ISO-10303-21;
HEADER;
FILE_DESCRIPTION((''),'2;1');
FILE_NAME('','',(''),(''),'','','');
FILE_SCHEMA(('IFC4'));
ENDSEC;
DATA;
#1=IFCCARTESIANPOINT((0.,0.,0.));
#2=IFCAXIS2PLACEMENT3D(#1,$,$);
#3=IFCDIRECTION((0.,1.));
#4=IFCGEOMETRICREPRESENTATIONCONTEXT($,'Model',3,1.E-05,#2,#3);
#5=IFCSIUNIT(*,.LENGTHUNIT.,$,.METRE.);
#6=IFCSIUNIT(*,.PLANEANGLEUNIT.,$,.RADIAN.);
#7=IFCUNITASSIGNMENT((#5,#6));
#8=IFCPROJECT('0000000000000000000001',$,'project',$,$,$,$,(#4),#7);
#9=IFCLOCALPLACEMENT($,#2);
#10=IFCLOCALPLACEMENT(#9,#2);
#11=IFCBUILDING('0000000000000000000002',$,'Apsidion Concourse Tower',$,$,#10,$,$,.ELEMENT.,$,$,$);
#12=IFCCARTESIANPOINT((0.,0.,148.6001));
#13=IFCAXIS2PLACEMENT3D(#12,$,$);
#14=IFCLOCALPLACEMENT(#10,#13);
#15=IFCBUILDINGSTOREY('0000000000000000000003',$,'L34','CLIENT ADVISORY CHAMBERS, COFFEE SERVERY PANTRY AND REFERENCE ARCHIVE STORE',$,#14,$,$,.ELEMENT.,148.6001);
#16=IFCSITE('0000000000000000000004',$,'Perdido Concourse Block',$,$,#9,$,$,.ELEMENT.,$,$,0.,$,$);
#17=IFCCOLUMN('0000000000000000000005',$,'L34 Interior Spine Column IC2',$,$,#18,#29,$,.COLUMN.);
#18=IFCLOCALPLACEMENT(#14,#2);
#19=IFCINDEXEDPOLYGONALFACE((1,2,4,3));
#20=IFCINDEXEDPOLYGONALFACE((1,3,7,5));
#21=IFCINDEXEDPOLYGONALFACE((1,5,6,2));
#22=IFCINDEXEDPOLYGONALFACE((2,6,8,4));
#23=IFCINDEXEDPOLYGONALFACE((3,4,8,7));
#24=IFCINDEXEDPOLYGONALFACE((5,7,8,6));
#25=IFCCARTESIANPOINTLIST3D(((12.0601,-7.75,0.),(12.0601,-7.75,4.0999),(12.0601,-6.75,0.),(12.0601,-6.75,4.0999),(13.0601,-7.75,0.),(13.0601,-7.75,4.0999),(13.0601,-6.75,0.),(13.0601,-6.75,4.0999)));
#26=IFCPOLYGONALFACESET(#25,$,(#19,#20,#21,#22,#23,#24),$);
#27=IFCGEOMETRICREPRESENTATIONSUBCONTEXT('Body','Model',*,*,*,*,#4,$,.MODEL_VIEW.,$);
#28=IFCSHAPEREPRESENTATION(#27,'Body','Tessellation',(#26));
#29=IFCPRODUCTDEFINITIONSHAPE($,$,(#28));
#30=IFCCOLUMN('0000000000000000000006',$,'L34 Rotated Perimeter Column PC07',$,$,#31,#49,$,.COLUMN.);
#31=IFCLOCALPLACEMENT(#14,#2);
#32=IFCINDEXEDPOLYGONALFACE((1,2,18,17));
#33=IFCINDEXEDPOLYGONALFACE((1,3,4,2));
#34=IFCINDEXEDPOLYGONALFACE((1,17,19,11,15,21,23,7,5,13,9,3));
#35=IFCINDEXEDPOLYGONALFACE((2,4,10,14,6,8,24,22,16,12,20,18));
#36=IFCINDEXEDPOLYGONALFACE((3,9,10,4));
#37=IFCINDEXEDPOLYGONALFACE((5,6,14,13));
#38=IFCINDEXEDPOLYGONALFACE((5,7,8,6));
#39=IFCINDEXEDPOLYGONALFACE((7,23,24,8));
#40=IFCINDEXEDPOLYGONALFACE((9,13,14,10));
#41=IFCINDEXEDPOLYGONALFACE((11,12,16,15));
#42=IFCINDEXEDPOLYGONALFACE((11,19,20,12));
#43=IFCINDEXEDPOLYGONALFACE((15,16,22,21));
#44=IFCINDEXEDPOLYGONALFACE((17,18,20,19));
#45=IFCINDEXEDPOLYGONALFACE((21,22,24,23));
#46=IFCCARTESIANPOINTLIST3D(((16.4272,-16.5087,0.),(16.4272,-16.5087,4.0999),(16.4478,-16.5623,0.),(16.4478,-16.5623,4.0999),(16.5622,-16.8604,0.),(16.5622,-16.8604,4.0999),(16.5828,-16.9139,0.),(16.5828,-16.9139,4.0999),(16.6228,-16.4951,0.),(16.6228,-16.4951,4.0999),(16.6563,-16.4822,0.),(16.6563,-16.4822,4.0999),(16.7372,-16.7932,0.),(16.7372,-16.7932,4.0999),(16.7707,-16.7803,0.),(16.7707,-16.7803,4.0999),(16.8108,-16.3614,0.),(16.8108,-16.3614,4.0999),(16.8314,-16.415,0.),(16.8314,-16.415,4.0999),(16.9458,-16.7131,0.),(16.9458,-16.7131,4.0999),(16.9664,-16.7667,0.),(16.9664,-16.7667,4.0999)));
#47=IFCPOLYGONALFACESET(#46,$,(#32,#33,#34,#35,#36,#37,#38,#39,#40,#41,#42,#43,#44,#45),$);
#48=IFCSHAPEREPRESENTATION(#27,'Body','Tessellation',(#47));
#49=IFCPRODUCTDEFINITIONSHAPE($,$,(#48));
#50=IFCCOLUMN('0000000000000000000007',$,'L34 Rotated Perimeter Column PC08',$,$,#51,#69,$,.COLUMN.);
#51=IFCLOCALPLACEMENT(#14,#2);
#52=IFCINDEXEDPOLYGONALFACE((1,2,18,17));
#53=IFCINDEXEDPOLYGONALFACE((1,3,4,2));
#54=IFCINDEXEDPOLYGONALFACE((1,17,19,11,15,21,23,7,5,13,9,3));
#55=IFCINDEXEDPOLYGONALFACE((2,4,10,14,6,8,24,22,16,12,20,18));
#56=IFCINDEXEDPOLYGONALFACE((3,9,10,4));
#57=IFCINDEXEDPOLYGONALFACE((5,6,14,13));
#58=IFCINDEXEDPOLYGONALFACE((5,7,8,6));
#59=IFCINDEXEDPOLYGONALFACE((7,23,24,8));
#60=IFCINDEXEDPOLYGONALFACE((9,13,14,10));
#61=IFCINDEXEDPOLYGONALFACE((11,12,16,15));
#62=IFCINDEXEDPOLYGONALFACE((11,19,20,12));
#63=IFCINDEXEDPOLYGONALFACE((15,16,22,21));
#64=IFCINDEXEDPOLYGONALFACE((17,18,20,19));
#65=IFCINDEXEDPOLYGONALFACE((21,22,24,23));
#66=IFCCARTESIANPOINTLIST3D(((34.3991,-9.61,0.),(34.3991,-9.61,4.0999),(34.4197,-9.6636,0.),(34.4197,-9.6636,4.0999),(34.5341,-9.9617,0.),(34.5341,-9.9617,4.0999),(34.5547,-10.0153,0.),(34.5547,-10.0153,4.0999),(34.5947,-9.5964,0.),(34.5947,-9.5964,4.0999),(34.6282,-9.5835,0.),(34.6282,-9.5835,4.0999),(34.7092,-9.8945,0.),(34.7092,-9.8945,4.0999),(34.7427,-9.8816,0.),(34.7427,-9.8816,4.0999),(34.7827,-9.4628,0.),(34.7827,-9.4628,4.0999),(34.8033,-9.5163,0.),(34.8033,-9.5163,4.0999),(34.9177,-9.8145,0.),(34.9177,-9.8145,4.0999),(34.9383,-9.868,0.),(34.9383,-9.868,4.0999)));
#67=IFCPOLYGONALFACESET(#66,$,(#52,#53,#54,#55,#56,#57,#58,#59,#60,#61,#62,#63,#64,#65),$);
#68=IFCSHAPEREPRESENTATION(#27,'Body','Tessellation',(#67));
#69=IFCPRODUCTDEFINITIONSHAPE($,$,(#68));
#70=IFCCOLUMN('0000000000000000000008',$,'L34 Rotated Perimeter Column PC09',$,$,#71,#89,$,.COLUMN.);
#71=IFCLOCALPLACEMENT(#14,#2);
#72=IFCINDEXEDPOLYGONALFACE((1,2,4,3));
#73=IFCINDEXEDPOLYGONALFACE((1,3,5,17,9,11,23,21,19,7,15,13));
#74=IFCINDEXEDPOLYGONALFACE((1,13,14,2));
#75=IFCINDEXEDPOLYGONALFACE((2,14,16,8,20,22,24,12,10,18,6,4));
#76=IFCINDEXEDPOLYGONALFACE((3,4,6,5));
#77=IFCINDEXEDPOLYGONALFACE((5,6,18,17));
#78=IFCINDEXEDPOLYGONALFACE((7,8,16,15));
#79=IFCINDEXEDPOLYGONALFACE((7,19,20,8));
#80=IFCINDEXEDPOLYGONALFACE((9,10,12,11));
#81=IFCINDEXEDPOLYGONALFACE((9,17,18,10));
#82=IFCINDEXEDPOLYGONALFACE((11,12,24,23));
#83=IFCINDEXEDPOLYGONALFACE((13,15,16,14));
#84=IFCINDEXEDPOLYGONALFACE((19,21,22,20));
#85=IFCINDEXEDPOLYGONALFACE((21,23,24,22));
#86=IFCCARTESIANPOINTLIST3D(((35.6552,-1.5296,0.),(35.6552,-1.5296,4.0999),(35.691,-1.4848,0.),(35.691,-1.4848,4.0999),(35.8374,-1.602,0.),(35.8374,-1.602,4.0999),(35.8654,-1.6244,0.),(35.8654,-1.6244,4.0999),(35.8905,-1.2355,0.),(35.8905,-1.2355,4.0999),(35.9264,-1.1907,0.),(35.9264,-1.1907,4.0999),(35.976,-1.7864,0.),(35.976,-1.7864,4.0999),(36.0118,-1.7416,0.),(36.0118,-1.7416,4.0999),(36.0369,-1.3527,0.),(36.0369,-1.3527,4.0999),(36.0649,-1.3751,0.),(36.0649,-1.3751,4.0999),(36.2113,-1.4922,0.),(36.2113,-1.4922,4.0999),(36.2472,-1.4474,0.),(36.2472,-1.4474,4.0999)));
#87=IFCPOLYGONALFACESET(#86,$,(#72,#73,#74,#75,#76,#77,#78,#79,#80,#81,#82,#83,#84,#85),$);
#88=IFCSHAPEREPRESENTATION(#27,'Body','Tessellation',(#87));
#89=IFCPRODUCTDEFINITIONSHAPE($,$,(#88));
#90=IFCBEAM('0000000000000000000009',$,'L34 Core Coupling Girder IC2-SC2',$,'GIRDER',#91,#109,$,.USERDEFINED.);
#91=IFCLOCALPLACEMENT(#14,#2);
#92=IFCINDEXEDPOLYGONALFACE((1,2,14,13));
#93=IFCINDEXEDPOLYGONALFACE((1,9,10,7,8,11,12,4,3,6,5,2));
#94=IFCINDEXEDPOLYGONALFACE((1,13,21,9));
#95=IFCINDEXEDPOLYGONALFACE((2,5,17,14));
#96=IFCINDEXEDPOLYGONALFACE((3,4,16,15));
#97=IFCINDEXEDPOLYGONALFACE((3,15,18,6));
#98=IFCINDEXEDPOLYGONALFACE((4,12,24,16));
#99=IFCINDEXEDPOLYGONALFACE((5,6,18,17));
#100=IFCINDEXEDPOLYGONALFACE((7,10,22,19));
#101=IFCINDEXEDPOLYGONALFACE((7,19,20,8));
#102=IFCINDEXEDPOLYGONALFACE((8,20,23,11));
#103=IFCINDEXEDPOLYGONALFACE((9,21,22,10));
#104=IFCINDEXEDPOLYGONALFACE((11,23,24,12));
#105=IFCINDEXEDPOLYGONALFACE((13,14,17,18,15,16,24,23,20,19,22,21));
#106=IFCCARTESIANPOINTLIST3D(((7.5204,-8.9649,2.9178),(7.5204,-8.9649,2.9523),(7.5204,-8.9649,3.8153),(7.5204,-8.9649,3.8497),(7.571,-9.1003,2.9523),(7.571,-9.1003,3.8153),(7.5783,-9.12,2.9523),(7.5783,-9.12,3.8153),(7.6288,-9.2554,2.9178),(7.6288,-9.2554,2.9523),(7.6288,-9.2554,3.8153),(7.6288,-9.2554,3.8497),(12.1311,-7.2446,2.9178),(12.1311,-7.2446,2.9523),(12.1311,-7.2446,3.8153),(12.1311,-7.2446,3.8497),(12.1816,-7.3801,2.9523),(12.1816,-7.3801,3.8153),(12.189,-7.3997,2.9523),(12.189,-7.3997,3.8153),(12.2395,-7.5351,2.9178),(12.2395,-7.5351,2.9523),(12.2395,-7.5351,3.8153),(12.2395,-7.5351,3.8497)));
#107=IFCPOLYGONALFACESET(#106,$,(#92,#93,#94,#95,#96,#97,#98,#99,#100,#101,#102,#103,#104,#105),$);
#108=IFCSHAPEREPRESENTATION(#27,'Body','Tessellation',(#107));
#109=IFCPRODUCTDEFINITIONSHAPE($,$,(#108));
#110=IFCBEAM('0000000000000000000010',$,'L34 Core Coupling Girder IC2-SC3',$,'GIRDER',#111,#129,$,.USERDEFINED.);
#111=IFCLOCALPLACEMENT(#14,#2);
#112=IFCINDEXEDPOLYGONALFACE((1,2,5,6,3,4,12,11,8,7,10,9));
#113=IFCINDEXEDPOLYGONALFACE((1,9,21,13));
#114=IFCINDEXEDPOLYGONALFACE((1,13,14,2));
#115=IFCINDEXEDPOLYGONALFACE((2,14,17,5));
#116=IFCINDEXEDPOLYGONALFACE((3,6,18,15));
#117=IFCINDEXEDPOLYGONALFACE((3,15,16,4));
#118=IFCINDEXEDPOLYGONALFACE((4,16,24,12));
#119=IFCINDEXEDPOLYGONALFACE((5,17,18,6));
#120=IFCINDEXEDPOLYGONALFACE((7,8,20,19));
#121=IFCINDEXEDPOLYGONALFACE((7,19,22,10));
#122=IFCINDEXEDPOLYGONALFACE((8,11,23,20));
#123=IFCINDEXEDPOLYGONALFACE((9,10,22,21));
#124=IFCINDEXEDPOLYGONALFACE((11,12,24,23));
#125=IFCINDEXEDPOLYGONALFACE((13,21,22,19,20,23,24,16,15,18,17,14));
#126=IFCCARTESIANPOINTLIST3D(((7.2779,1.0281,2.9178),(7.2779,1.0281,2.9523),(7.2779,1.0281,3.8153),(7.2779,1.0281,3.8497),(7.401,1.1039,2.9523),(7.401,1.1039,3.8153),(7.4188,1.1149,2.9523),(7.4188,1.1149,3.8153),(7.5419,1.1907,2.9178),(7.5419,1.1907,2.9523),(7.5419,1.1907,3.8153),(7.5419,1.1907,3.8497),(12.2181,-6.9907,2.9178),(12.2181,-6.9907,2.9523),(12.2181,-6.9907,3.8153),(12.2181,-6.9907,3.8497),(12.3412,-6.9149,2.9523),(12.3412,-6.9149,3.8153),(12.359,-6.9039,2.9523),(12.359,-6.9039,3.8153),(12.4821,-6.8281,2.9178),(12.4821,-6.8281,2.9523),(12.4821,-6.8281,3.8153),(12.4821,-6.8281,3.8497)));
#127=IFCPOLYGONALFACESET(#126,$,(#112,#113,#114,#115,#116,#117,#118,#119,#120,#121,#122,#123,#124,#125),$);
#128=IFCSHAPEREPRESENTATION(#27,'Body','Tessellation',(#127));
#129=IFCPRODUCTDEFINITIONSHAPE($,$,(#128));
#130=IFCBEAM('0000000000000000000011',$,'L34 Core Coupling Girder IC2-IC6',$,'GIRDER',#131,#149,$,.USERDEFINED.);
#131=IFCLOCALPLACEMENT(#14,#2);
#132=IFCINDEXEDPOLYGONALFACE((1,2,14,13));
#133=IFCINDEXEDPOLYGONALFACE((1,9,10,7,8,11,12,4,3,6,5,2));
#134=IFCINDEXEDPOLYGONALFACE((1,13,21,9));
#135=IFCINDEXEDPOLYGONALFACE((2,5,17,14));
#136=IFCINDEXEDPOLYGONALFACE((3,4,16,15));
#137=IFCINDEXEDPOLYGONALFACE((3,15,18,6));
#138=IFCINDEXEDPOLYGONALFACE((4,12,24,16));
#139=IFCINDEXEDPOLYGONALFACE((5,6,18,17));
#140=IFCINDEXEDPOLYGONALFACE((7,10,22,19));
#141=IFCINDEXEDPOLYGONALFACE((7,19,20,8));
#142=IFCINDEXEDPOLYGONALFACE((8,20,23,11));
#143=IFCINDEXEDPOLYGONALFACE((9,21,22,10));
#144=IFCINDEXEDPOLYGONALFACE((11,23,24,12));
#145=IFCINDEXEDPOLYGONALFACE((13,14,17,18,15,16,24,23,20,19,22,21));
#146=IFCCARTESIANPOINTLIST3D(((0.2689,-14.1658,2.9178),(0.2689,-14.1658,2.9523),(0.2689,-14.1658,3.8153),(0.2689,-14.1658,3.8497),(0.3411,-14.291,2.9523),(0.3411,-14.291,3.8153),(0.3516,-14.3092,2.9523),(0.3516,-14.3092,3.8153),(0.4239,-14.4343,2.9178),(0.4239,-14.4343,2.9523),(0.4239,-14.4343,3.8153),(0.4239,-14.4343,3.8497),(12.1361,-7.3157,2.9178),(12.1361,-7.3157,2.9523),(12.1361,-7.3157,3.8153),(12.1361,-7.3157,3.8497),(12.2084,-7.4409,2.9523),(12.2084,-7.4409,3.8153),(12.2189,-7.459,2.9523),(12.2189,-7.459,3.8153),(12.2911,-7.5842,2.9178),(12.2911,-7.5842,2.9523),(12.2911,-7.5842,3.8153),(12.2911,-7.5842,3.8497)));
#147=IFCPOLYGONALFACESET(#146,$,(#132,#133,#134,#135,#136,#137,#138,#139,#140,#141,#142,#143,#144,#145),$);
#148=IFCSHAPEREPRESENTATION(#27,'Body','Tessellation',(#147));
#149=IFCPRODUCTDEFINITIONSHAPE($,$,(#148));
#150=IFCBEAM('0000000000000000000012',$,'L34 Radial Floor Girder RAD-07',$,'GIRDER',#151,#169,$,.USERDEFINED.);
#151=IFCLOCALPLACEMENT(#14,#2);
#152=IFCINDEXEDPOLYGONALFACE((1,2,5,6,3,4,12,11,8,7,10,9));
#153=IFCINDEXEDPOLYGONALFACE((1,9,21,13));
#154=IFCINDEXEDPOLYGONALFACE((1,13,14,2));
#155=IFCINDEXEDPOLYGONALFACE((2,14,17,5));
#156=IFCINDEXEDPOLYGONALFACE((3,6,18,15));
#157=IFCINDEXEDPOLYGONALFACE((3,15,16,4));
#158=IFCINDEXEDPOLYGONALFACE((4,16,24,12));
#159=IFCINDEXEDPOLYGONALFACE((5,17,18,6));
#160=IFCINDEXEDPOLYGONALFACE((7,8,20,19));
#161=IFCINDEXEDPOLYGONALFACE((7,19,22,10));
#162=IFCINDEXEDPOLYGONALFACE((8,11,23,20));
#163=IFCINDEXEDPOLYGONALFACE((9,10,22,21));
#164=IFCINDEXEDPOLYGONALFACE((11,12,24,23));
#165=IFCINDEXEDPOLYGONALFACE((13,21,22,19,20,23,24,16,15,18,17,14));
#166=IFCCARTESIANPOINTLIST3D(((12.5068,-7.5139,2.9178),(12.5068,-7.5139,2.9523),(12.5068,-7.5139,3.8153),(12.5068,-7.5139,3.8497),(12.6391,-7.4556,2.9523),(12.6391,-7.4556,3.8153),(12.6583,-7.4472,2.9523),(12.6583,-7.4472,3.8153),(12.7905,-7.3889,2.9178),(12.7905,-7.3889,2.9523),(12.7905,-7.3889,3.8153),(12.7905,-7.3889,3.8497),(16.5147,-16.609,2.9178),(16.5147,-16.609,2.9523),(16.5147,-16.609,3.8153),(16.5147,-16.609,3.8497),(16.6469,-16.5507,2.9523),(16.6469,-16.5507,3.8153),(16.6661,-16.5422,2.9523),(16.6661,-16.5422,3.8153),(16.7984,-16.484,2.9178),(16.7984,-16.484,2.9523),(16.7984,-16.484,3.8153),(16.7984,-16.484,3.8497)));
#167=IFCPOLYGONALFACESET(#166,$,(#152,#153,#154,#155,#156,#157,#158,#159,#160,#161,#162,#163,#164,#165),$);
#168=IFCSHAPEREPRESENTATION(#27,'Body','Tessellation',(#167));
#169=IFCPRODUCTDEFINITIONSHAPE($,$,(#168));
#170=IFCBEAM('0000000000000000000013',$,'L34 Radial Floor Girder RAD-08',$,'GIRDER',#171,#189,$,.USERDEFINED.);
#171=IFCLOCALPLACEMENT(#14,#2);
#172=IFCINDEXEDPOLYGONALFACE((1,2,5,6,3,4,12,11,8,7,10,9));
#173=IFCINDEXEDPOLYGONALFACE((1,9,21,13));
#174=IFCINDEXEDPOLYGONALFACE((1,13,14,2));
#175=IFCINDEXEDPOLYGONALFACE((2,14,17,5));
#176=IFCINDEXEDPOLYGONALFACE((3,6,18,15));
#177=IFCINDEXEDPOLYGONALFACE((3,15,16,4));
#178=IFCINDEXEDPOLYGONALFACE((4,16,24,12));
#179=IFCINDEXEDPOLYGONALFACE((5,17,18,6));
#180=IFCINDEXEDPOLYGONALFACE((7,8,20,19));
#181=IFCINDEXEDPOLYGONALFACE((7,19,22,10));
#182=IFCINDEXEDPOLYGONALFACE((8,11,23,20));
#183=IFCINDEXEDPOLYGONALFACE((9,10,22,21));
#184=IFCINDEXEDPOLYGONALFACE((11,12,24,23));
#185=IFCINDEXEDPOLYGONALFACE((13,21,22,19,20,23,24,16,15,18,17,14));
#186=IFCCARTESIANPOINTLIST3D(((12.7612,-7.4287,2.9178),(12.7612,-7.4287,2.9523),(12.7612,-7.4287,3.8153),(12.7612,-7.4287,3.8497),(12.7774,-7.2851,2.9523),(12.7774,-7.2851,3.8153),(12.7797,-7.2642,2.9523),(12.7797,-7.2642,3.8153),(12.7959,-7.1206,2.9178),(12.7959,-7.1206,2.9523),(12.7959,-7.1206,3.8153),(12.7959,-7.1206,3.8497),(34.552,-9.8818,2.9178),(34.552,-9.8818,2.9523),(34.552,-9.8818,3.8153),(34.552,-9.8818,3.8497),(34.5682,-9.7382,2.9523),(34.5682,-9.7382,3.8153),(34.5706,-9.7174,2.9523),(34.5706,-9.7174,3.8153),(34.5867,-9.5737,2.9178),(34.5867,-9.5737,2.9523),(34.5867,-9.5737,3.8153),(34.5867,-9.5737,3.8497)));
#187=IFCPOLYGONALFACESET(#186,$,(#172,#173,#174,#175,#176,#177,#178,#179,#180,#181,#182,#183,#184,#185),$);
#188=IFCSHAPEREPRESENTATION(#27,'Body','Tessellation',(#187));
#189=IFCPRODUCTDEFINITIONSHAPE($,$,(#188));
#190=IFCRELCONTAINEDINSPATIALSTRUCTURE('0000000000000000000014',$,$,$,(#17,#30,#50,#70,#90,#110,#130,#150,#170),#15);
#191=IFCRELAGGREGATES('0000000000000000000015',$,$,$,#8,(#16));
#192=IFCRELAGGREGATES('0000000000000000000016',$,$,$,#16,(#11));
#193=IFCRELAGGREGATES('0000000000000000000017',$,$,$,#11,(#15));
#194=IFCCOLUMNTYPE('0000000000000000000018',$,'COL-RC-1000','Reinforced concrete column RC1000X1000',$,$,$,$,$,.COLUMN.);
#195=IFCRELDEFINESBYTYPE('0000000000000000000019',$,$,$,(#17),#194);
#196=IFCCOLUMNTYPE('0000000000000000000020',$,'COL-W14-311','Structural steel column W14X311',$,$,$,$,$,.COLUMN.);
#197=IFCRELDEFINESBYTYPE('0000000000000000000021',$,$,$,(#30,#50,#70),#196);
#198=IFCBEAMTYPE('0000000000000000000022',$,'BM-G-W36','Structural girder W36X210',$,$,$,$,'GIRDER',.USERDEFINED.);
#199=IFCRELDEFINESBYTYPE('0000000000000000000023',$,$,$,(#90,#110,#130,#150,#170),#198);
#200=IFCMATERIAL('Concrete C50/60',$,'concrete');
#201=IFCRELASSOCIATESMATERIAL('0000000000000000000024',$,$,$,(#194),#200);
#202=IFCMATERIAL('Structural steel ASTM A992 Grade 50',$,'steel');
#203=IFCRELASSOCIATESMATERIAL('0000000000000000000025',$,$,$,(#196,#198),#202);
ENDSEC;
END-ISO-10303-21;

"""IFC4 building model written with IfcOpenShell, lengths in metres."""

from ifc_helpers import new_model, si_unit, direction, frame, origin, origin_2d, place, context, subcontext, project, spatial, rectangle, i_section, extrude, material, material_profile, profile_set, type_object, element, save


model = new_model("IFC4")

# Units and contexts
model_context = context("Model", 3, precision=1e-05, world=origin(), true_north=direction((0.0, 1.0)))
body_context = subcontext(model_context, "Body", "Model", "MODEL_VIEW")
ifc_project = project(units=[si_unit("LENGTHUNIT", "METRE"), si_unit("PLANEANGLEUNIT", "RADIAN")], contexts=[model_context])

# Site, building, storey
site_placement = place(None, origin())
site = spatial("IfcSite", under=ifc_project, at=site_placement, Name="Perdido Concourse Block", CompositionType="ELEMENT", RefElevation=0.0)
building_placement = place(site_placement, origin())
building = spatial("IfcBuilding", under=site, at=building_placement, Name="Apsidion Concourse Tower", CompositionType="ELEMENT")
storey_placement = place(building_placement, frame((0.0, 0.0, 148.6001)))
storey = spatial("IfcBuildingStorey", under=building, at=storey_placement, Name="L34", Description="CLIENT ADVISORY CHAMBERS, COFFEE SERVERY PANTRY AND REFERENCE ARCHIVE STORE", CompositionType="ELEMENT", Elevation=148.6001)

# Columns
ifc_material_1 = material(Name="Concrete C50/60", Category="concrete")
ifc_material_profile_1 = material_profile(ifc_material_1, rectangle(XDim=1.0, YDim=1.0, at=origin_2d()), Name="RC 1000x1000")
ifc_profile_set_1 = profile_set([ifc_material_profile_1], Name="Concrete C50/60")
column_type_1 = type_object("IfcColumnType", Name="COL-RC-1000", Description="Reinforced concrete column RC1000X1000", PredefinedType="COLUMN", material=ifc_profile_set_1)
column_placement = place(storey_placement, frame((12.5601, -7.25, 0.0), z_axis=(0.0, 0.0, 1.0), x_axis=(1.0, 0.0, 0.0)))
element("IfcColumn", 1, at=column_placement, inside=storey, type_object=column_type_1, Name="L34 Interior Spine Column IC2", PredefinedType="COLUMN", context=body_context, shape_type="SweptSolid", body=[
    extrude(rectangle(XDim=1.0, YDim=1.0, at=origin_2d()), origin(), (0.0, 0.0, 1.0), 4.0999),
])
ifc_material_2 = material(Name="Structural steel ASTM A992 Grade 50", Category="steel")
ifc_material_profile_2 = material_profile(ifc_material_2, i_section(OverallWidth=0.4109, OverallDepth=0.4341, WebThickness=0.0359, FlangeThickness=0.0574, at=origin_2d()), Name="W14X311")
ifc_profile_set_2 = profile_set([ifc_material_profile_2], Name="Structural steel ASTM A992 Grade 50")
column_type_2 = type_object("IfcColumnType", Name="COL-W14-311", Description="Structural steel column W14X311", PredefinedType="COLUMN", material=ifc_profile_set_2)
for number, where, z_axis, x_axis, name in (
    (2, (16.6968, -16.6377, 0.0), (0.0, 0.0, 1.0), (0.93358, 0.358368, 0.0), "L34 Rotated Perimeter Column PC07"),
    (3, (34.6687, -9.739, 0.0), (0.0, 0.0, 1.0), (0.93358, 0.358368, 0.0), "L34 Rotated Perimeter Column PC08"),
    (4, (35.9512, -1.4885, 0.0), (0.0, 0.0, 1.0), (-0.780758, 0.624834, 0.0), "L34 Rotated Perimeter Column PC09"),
):
    element("IfcColumn", number, at=place(storey_placement, frame(where, z_axis=z_axis, x_axis=x_axis)), inside=storey, type_object=column_type_2, Name=name, PredefinedType="COLUMN", context=body_context, shape_type="SweptSolid", body=[
        extrude(i_section(OverallWidth=0.4109, OverallDepth=0.4341, WebThickness=0.0359, FlangeThickness=0.0574, at=origin_2d()), origin(), (0.0, 0.0, 1.0), 4.0999),
    ])

# Beams
ifc_material_profile_3 = material_profile(ifc_material_2, i_section(OverallWidth=0.3101, OverallDepth=0.9319, WebThickness=0.021, FlangeThickness=0.0344, at=origin_2d()), Name="W36X210")
ifc_profile_set_3 = profile_set([ifc_material_profile_3], Name="Structural steel ASTM A992 Grade 50")
beam_type_1 = type_object("IfcBeamType", Name="BM-G-W36", Description="Structural girder W36X210", ElementType="GIRDER", PredefinedType="USERDEFINED", material=ifc_profile_set_3)
beam_1_placement = place(storey_placement, frame((12.1853, -7.3899, 3.3838), z_axis=(-0.936913, -0.349563, 0.0), x_axis=(0.349563, -0.936913, 0.0)))
element("IfcBeam", 5, at=beam_1_placement, inside=storey, type_object=beam_type_1, Name="L34 Core Coupling Girder IC2-SC2", ObjectType="GIRDER", PredefinedType="USERDEFINED", context=body_context, shape_type="SweptSolid", body=[
    extrude(i_section(OverallWidth=0.3101, OverallDepth=0.9319, WebThickness=0.021, FlangeThickness=0.0344, at=origin_2d()), origin(), (0.0, 0.0, 1.0), 4.9211),
])
beam_2_placement = place(storey_placement, frame((12.3501, -6.9094, 3.3838), z_axis=(-0.524524, 0.851396, 0.0), x_axis=(-0.851396, -0.524524, 0.0)))
element("IfcBeam", 6, at=beam_2_placement, inside=storey, type_object=beam_type_1, Name="L34 Core Coupling Girder IC2-SC3", ObjectType="GIRDER", PredefinedType="USERDEFINED", context=body_context, shape_type="SweptSolid", body=[
    extrude(i_section(OverallWidth=0.3101, OverallDepth=0.9319, WebThickness=0.021, FlangeThickness=0.0344, at=origin_2d()), origin(), (0.0, 0.0, 1.0), 9.4185),
])
beam_3_placement = place(storey_placement, frame((12.2136, -7.45, 3.3838), z_axis=(-0.86607, -0.499922, 0.0), x_axis=(0.499922, -0.86607, 0.0)))
element("IfcBeam", 7, at=beam_3_placement, inside=storey, type_object=beam_type_1, Name="L34 Core Coupling Girder IC2-IC6", ObjectType="GIRDER", PredefinedType="USERDEFINED", context=body_context, shape_type="SweptSolid", body=[
    extrude(i_section(OverallWidth=0.3101, OverallDepth=0.9319, WebThickness=0.021, FlangeThickness=0.0344, at=origin_2d()), origin(), (0.0, 0.0, 1.0), 13.7024),
])
beam_4_placement = place(storey_placement, frame((12.6487, -7.4514, 3.3838), z_axis=(0.403246, -0.915091, 0.0), x_axis=(0.915091, 0.403246, 0.0)))
element("IfcBeam", 8, at=beam_4_placement, inside=storey, type_object=beam_type_1, Name="L34 Radial Floor Girder RAD-07", ObjectType="GIRDER", PredefinedType="USERDEFINED", context=body_context, shape_type="SweptSolid", body=[
    extrude(i_section(OverallWidth=0.3101, OverallDepth=0.9319, WebThickness=0.021, FlangeThickness=0.0344, at=origin_2d()), origin(), (0.0, 0.0, 1.0), 9.939),
])
beam_5_placement = place(storey_placement, frame((12.7786, -7.2747, 3.3838), z_axis=(0.993723, -0.11187, 0.0), x_axis=(0.11187, 0.993723, 0.0)))
element("IfcBeam", 9, at=beam_5_placement, inside=storey, type_object=beam_type_1, Name="L34 Radial Floor Girder RAD-08", ObjectType="GIRDER", PredefinedType="USERDEFINED", context=body_context, shape_type="SweptSolid", body=[
    extrude(i_section(OverallWidth=0.3101, OverallDepth=0.9319, WebThickness=0.021, FlangeThickness=0.0344, at=origin_2d()), origin(), (0.0, 0.0, 1.0), 21.9285),
])

save(model, "model.ifc")
